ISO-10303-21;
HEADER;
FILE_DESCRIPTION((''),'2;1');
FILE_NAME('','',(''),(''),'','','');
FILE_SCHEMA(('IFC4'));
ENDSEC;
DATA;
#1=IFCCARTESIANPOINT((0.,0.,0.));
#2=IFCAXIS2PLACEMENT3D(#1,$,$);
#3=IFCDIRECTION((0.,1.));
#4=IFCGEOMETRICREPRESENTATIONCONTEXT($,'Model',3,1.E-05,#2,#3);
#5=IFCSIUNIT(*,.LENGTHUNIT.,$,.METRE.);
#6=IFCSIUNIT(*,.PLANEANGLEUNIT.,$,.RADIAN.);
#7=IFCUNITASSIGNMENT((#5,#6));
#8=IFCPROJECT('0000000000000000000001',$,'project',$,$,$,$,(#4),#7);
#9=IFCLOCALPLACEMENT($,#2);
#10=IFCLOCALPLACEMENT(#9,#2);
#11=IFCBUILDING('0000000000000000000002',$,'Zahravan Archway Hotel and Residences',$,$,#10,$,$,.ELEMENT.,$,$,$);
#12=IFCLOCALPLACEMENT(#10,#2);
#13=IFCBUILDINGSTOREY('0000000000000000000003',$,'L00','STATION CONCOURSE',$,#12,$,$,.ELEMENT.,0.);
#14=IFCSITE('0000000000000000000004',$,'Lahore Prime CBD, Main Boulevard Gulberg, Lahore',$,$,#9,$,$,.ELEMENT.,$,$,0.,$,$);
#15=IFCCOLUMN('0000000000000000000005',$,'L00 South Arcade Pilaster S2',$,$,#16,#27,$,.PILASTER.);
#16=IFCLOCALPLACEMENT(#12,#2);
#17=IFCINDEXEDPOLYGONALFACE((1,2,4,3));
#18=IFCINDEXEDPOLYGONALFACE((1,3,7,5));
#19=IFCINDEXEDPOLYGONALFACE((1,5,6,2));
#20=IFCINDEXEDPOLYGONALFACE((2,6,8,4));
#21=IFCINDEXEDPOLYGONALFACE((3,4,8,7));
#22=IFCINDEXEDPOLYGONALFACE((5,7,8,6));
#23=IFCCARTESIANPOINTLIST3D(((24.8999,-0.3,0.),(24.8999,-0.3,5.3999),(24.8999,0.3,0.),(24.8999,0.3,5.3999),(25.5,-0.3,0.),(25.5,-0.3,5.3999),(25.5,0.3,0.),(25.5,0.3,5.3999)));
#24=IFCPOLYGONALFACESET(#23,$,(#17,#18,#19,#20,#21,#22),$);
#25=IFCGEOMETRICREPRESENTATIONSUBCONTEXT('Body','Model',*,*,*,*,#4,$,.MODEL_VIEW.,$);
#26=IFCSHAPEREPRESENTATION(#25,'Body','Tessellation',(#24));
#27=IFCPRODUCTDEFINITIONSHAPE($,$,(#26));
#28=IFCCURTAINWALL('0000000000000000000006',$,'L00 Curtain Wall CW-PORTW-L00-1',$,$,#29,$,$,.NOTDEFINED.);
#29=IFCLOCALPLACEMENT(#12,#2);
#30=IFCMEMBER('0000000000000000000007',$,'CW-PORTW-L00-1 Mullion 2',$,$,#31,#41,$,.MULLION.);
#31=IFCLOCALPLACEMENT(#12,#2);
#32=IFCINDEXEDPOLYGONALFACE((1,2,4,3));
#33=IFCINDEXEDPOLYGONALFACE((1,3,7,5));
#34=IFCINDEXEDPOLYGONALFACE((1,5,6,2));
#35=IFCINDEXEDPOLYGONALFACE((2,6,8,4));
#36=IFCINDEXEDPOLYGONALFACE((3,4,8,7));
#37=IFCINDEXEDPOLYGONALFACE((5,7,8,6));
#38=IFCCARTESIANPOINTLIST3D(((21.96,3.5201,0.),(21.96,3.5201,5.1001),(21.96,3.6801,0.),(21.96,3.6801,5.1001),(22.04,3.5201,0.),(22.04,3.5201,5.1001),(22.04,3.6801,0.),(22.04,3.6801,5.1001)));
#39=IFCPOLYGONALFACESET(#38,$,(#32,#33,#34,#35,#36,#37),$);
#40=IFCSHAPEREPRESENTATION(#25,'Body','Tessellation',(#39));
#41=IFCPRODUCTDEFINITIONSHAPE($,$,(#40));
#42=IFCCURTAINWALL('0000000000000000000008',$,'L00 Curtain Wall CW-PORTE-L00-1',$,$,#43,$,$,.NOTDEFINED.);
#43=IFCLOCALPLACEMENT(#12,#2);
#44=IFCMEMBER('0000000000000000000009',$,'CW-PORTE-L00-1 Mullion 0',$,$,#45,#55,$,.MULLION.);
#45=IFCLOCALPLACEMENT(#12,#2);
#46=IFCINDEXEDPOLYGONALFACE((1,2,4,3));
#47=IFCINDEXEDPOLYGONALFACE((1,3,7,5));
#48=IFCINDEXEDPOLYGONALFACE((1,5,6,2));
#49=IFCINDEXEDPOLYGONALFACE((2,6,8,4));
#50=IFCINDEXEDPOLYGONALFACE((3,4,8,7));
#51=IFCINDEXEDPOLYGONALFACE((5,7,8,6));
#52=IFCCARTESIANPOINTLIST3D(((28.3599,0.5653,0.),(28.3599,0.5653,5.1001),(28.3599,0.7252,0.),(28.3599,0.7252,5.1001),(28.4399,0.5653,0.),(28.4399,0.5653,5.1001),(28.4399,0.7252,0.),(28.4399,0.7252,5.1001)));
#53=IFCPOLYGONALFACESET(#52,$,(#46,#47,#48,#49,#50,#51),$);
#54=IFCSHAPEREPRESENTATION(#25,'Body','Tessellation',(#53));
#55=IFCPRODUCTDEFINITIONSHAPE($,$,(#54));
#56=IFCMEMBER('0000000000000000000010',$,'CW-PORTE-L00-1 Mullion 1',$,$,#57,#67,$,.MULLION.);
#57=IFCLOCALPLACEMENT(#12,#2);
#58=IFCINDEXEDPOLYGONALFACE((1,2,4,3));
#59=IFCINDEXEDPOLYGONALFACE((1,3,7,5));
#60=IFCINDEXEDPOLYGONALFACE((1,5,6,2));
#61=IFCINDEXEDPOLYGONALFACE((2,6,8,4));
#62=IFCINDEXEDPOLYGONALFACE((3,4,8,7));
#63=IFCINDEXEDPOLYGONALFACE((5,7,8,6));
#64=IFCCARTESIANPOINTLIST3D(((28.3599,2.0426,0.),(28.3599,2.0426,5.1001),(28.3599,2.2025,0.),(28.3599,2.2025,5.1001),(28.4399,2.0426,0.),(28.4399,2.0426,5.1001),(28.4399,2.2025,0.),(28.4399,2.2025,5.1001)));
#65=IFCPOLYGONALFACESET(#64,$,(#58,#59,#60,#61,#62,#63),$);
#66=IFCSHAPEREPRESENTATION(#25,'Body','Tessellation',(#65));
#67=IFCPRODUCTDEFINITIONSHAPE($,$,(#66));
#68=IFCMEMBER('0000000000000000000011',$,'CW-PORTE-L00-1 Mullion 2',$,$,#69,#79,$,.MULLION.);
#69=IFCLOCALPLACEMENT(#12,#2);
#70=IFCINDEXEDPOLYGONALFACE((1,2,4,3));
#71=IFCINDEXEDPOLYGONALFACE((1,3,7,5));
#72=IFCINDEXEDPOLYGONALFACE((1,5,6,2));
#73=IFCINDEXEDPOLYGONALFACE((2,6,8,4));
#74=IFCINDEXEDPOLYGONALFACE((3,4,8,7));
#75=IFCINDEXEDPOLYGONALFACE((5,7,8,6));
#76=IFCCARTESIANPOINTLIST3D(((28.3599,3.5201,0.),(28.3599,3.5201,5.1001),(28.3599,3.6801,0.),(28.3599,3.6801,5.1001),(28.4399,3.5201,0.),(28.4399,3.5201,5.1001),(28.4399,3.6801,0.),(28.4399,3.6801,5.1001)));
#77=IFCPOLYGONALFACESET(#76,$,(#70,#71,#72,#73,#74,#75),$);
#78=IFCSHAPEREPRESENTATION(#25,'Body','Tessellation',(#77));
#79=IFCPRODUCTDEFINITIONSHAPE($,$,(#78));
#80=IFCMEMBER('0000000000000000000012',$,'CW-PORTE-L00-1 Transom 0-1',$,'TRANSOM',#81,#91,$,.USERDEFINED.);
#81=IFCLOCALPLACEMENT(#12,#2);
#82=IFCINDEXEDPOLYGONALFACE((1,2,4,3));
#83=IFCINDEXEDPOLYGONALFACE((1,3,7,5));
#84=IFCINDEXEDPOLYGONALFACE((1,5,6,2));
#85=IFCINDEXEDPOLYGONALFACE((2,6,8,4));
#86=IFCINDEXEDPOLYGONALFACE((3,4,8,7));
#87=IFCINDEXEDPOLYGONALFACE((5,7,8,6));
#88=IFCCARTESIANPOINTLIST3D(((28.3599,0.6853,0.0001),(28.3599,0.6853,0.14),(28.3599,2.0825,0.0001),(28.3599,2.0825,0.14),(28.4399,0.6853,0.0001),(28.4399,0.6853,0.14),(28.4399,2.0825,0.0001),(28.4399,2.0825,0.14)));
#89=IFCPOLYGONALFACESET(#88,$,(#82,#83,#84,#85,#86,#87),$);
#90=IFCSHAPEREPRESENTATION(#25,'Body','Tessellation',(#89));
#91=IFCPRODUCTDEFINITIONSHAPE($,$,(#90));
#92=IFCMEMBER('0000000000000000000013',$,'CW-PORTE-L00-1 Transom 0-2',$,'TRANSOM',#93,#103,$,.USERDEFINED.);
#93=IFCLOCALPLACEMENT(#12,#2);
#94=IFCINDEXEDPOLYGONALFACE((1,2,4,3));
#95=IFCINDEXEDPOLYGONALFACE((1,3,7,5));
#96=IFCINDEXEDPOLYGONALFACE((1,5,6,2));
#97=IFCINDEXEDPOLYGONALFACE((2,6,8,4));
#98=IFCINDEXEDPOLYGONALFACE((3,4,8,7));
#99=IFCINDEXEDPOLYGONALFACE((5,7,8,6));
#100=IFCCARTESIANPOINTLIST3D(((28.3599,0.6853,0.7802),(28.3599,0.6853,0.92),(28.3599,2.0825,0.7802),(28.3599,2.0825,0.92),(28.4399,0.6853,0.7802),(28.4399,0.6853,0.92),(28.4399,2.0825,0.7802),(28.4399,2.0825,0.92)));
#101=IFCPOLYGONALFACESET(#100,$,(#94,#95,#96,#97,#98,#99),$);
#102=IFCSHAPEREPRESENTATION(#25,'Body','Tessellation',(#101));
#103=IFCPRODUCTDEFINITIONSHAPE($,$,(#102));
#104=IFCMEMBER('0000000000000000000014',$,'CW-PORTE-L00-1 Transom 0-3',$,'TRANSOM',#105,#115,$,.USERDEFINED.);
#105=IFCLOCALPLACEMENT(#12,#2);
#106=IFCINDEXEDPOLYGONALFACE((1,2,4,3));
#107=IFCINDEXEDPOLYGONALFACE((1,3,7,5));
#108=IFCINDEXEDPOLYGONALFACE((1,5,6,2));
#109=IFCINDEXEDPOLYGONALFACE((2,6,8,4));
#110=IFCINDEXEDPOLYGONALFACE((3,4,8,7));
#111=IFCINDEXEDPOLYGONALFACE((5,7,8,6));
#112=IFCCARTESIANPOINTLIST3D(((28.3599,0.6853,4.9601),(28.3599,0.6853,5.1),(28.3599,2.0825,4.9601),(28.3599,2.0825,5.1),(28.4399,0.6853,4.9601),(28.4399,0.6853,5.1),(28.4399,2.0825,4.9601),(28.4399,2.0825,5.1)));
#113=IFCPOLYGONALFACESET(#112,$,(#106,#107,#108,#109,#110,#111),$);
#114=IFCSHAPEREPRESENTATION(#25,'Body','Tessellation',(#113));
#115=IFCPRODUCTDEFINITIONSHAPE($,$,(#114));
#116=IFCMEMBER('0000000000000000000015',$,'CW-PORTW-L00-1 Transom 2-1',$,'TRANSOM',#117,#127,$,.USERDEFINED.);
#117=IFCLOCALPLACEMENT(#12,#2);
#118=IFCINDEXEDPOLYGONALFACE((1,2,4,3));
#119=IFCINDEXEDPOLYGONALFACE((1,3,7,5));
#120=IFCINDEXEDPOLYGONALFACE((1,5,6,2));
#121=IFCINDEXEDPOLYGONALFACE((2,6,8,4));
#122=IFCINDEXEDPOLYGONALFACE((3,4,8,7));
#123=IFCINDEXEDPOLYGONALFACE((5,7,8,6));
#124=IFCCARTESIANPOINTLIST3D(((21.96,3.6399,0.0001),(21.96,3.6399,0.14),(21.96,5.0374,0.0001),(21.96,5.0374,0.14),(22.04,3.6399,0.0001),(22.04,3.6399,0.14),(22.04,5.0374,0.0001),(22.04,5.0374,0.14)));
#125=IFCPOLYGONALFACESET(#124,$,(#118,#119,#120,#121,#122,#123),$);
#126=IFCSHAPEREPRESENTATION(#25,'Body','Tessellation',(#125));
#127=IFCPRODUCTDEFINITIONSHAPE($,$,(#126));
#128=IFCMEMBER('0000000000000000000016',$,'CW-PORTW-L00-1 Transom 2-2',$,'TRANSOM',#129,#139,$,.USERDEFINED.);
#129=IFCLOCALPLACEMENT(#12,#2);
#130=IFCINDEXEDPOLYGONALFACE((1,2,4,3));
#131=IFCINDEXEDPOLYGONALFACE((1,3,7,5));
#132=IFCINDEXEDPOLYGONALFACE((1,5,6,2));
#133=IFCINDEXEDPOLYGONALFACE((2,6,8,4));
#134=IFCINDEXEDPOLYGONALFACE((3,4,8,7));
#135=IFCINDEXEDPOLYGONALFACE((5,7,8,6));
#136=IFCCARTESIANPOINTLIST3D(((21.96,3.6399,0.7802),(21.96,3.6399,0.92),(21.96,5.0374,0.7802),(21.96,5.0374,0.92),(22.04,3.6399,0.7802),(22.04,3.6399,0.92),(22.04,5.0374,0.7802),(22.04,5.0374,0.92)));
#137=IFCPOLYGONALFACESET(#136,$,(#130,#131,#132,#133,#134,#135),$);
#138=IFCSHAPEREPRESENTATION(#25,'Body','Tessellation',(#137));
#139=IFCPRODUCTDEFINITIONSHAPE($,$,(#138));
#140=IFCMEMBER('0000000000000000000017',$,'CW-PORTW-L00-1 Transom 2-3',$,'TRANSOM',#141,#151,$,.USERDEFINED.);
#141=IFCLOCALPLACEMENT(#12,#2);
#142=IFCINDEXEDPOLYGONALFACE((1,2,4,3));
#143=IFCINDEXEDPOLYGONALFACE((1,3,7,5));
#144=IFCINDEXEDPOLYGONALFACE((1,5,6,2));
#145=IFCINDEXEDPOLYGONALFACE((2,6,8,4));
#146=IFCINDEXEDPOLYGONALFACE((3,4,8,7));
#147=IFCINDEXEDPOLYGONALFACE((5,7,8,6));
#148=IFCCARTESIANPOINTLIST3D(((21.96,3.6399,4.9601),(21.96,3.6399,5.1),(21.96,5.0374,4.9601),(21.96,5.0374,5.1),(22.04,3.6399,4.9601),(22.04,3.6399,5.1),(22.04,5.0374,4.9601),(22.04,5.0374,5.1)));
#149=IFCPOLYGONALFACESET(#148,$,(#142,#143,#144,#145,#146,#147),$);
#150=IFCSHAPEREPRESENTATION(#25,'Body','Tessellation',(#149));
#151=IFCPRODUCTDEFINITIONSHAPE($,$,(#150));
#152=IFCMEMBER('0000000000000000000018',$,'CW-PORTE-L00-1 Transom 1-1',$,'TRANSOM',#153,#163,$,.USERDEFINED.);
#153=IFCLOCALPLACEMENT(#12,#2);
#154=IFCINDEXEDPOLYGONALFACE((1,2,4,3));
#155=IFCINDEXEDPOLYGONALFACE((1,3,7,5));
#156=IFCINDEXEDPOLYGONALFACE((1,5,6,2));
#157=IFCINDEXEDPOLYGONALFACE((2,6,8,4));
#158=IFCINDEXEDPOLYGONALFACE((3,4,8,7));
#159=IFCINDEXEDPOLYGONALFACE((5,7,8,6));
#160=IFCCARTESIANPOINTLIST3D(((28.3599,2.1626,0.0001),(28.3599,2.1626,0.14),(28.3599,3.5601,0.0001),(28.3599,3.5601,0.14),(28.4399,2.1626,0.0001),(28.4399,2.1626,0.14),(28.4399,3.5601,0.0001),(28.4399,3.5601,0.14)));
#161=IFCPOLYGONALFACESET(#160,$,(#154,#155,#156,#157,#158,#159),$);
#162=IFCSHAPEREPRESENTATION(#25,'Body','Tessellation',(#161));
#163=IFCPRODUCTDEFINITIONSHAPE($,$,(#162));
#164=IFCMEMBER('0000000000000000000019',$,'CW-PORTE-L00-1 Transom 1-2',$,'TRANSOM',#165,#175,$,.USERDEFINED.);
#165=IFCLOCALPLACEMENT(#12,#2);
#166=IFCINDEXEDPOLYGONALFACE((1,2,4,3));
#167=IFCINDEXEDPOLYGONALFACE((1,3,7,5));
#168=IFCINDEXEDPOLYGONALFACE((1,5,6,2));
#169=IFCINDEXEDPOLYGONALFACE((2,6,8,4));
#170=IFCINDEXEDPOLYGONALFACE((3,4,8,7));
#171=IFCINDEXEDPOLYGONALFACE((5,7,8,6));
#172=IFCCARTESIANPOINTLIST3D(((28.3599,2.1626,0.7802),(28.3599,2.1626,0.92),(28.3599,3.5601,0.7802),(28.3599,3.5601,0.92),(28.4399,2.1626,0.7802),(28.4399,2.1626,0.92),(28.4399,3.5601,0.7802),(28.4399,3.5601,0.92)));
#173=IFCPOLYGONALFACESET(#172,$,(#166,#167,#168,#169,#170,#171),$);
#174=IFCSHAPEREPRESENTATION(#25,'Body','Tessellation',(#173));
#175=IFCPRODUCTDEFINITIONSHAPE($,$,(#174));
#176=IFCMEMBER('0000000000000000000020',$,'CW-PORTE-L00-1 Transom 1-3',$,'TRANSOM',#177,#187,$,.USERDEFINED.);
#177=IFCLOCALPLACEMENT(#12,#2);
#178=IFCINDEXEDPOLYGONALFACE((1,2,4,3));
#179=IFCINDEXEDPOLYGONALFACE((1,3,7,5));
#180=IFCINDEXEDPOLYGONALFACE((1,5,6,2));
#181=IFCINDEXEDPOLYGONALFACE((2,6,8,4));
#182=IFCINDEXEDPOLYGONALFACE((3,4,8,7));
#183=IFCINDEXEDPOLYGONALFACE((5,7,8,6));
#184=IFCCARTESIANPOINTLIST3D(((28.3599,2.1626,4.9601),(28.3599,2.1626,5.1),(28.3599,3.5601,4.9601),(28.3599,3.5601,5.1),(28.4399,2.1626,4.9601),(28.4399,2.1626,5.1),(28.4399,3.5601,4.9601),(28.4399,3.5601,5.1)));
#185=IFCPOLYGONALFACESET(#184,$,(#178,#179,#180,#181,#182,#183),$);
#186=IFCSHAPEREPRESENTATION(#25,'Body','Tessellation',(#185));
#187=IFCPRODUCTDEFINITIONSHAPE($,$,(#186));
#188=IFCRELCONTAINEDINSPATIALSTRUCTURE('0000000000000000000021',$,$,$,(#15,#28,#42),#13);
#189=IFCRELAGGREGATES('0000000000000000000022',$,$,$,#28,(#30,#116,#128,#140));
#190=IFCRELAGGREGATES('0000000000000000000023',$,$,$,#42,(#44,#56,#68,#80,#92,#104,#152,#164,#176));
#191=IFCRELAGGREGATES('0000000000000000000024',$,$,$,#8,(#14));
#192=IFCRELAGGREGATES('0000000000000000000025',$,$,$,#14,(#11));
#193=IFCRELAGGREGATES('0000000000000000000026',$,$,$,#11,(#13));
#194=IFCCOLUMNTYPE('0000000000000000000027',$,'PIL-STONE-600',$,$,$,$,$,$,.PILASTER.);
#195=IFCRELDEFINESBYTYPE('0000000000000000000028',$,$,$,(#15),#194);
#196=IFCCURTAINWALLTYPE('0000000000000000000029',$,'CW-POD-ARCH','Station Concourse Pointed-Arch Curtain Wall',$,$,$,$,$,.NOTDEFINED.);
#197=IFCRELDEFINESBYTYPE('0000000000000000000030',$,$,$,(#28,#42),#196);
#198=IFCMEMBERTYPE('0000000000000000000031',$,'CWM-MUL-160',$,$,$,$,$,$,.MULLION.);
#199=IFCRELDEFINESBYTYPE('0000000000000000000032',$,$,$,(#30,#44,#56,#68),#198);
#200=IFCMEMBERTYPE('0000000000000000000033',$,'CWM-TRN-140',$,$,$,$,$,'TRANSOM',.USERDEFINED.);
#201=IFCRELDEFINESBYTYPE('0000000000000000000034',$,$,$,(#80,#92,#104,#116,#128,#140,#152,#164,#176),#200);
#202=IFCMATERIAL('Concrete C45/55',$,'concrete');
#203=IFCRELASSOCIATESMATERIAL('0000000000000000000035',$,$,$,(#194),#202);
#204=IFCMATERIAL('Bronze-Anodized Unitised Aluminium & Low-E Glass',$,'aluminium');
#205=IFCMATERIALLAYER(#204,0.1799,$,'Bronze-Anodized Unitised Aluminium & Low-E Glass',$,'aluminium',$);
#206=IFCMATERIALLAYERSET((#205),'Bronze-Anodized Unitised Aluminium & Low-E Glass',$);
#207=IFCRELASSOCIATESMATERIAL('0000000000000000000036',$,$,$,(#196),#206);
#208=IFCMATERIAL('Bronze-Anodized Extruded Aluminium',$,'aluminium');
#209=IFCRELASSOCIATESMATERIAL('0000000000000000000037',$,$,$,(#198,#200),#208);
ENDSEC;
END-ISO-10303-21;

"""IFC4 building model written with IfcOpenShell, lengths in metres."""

from ifc_helpers import new_model, si_unit, direction, frame, origin, origin_2d, place, context, subcontext, project, spatial, rectangle, extrude, source, transform, mapped, material, layer, layer_set, material_profile, profile_set, type_object, type_shapes, element, aggregate, save


model = new_model("IFC4")

# Units and contexts
model_context = context("Model", 3, precision=1e-05, world=origin(), true_north=direction((0.0, 1.0)))
body_context = subcontext(model_context, "Body", "Model", "MODEL_VIEW")
ifc_project = project(units=[si_unit("LENGTHUNIT", "METRE"), si_unit("PLANEANGLEUNIT", "RADIAN")], contexts=[model_context])

# Site, building, storey
site_placement = place(None, origin())
site = spatial("IfcSite", under=ifc_project, at=site_placement, Name="Lahore Prime CBD, Main Boulevard Gulberg, Lahore", CompositionType="ELEMENT", RefElevation=0.0)
building_placement = place(site_placement, origin())
building = spatial("IfcBuilding", under=site, at=building_placement, Name="Zahravan Archway Hotel and Residences", CompositionType="ELEMENT")
storey_placement = place(building_placement, origin())
storey = spatial("IfcBuildingStorey", under=building, at=storey_placement, Name="L00", Description="STATION CONCOURSE", CompositionType="ELEMENT", Elevation=0.0)

# Column
ifc_material_1 = material(Name="Concrete C45/55", Category="concrete")
ifc_material_profile_1 = material_profile(ifc_material_1, rectangle(XDim=0.6001, YDim=0.6001, at=origin_2d()), Name="RC 600x600", Category="concrete")
ifc_profile_set_1 = profile_set([ifc_material_profile_1], Name="Concrete C45/55")
column_type = type_object("IfcColumnType", Name="PIL-STONE-600", PredefinedType="PILASTER", material=ifc_profile_set_1)
shared_shape_1 = source(origin(), body_context, "Body", "SweptSolid", [
    extrude(rectangle(XDim=0.6001, YDim=0.6001, at=origin_2d()), origin(), (0.0, 0.0, 1.0), 5.3999),
])
type_shapes(column_type, [shared_shape_1])
column_placement = place(storey_placement, frame((25.2, 0.0, 0.0), z_axis=(0.0, 0.0, 1.0), x_axis=(1.0, 0.0, 0.0)))
element("IfcColumn", 1, at=column_placement, inside=storey, type_object=column_type, Name="L00 South Arcade Pilaster S2", PredefinedType="PILASTER", context=body_context, shape_type="MappedRepresentation", body=[
    mapped(shared_shape_1, transform((0.0, 0.0, 0.0), scale=1.0)),
])

# Curtain wall, member
ifc_material_2 = material(Name="Bronze-Anodized Unitised Aluminium & Low-E Glass", Category="aluminium")
ifc_layer_1 = layer(ifc_material_2, 0.1799, Name="Bronze-Anodized Unitised Aluminium & Low-E Glass", Category="aluminium")
ifc_layer_set_1 = layer_set([ifc_layer_1], Name="Bronze-Anodized Unitised Aluminium & Low-E Glass")
curtain_wall_type = type_object("IfcCurtainWallType", Name="CW-POD-ARCH", Description="Station Concourse Pointed-Arch Curtain Wall", PredefinedType="NOTDEFINED", material=ifc_layer_set_1)
curtain_wall_1_placement = place(storey_placement, origin())
curtain_wall_1 = element("IfcCurtainWall", 2, at=curtain_wall_1_placement, inside=storey, type_object=curtain_wall_type, Name="L00 Curtain Wall CW-PORTW-L00-1", PredefinedType="NOTDEFINED")
ifc_material_3 = material(Name="Bronze-Anodized Extruded Aluminium", Category="aluminium")
ifc_material_profile_2 = material_profile(ifc_material_3, rectangle(XDim=0.0801, YDim=0.1599, at=origin_2d()), Name="MUL 80x160", Category="aluminium")
ifc_profile_set_2 = profile_set([ifc_material_profile_2], Name="Bronze-Anodized Extruded Aluminium")
member_type_1 = type_object("IfcMemberType", Name="CWM-MUL-160", PredefinedType="MULLION", material=ifc_profile_set_2)
shared_shape_2 = source(origin(), body_context, "Body", "SweptSolid", [
    extrude(rectangle(XDim=0.0801, YDim=0.1599, at=origin_2d()), origin(), (0.0, 0.0, 1.0), 5.1001),
])
member_1_placement = place(storey_placement, frame((22.0, 3.6001, 0.0), z_axis=(0.0, 0.0, 1.0), x_axis=(1.0, 0.0, 0.0)))
member_1 = element("IfcMember", 3, at=member_1_placement, type_object=member_type_1, Name="CW-PORTW-L00-1 Mullion 2", PredefinedType="MULLION", context=body_context, shape_type="MappedRepresentation", body=[
    mapped(shared_shape_2, transform((0.0, 0.0, 0.0), scale=1.0)),
])

# Curtain wall, members
curtain_wall_2_placement = place(storey_placement, origin())
curtain_wall_2 = element("IfcCurtainWall", 4, at=curtain_wall_2_placement, inside=storey, type_object=curtain_wall_type, Name="L00 Curtain Wall CW-PORTE-L00-1", PredefinedType="NOTDEFINED")
member_2_placement = place(storey_placement, frame((28.3999, 0.6453, 0.0), z_axis=(0.0, 0.0, 1.0), x_axis=(1.0, 0.0, 0.0)))
member_2 = element("IfcMember", 5, at=member_2_placement, type_object=member_type_1, Name="CW-PORTE-L00-1 Mullion 0", PredefinedType="MULLION", context=body_context, shape_type="MappedRepresentation", body=[
    mapped(shared_shape_2, transform((0.0, 0.0, 0.0), scale=1.0)),
])
member_3_placement = place(storey_placement, frame((28.3999, 2.1226, 0.0), z_axis=(0.0, 0.0, 1.0), x_axis=(1.0, 0.0, 0.0)))
member_3 = element("IfcMember", 6, at=member_3_placement, type_object=member_type_1, Name="CW-PORTE-L00-1 Mullion 1", PredefinedType="MULLION", context=body_context, shape_type="MappedRepresentation", body=[
    mapped(shared_shape_2, transform((0.0, 0.0, 0.0), scale=1.0)),
])
member_4_placement = place(storey_placement, frame((28.3999, 3.6001, 0.0), z_axis=(0.0, 0.0, 1.0), x_axis=(1.0, 0.0, 0.0)))
member_4 = element("IfcMember", 7, at=member_4_placement, type_object=member_type_1, Name="CW-PORTE-L00-1 Mullion 2", PredefinedType="MULLION", context=body_context, shape_type="MappedRepresentation", body=[
    mapped(shared_shape_2, transform((0.0, 0.0, 0.0), scale=1.0)),
])
ifc_material_profile_3 = material_profile(ifc_material_3, rectangle(XDim=0.0801, YDim=0.1399, at=origin_2d()), Name="TRN 80x140", Category="aluminium")
ifc_profile_set_3 = profile_set([ifc_material_profile_3], Name="Bronze-Anodized Extruded Aluminium")
member_type_2 = type_object("IfcMemberType", Name="CWM-TRN-140", ElementType="TRANSOM", PredefinedType="USERDEFINED", material=ifc_profile_set_3)
shared_shape_3 = source(origin(), body_context, "Body", "SweptSolid", [
    extrude(rectangle(XDim=0.0801, YDim=0.1399, at=origin_2d()), origin(), (0.0, 0.0, 1.0), 1.3972),
])
member_5_placement = place(storey_placement, frame((28.3999, 0.6853, 0.0701), z_axis=(0.0, 1.0, 0.0), x_axis=(-1.0, 0.0, 0.0)))
member_5 = element("IfcMember", 8, at=member_5_placement, type_object=member_type_2, Name="CW-PORTE-L00-1 Transom 0-1", ObjectType="TRANSOM", PredefinedType="USERDEFINED", context=body_context, shape_type="MappedRepresentation", body=[
    mapped(shared_shape_3, transform((0.0, 0.0, 0.0), scale=1.0)),
])
member_6_placement = place(storey_placement, frame((28.3999, 0.6853, 0.8501), z_axis=(0.0, 1.0, 0.0), x_axis=(-1.0, 0.0, 0.0)))
member_6 = element("IfcMember", 9, at=member_6_placement, type_object=member_type_2, Name="CW-PORTE-L00-1 Transom 0-2", ObjectType="TRANSOM", PredefinedType="USERDEFINED", context=body_context, shape_type="MappedRepresentation", body=[
    mapped(shared_shape_3, transform((0.0, 0.0, 0.0), scale=1.0)),
])
member_7_placement = place(storey_placement, frame((28.3999, 0.6853, 5.03), z_axis=(0.0, 1.0, 0.0), x_axis=(-1.0, 0.0, 0.0)))
member_7 = element("IfcMember", 10, at=member_7_placement, type_object=member_type_2, Name="CW-PORTE-L00-1 Transom 0-3", ObjectType="TRANSOM", PredefinedType="USERDEFINED", context=body_context, shape_type="MappedRepresentation", body=[
    mapped(shared_shape_3, transform((0.0, 0.0, 0.0), scale=1.0)),
])

# Members
shared_shape_4 = source(origin(), body_context, "Body", "SweptSolid", [
    extrude(rectangle(XDim=0.0801, YDim=0.1399, at=origin_2d()), origin(), (0.0, 0.0, 1.0), 1.3975),
])
member_8_placement = place(storey_placement, frame((22.0, 3.6399, 0.0701), z_axis=(0.0, 1.0, 0.0), x_axis=(-1.0, 0.0, 0.0)))
member_8 = element("IfcMember", 11, at=member_8_placement, type_object=member_type_2, Name="CW-PORTW-L00-1 Transom 2-1", ObjectType="TRANSOM", PredefinedType="USERDEFINED", context=body_context, shape_type="MappedRepresentation", body=[
    mapped(shared_shape_4, transform((0.0, 0.0, 0.0), scale=1.0)),
])
member_9_placement = place(storey_placement, frame((22.0, 3.6399, 0.8501), z_axis=(0.0, 1.0, 0.0), x_axis=(-1.0, 0.0, 0.0)))
member_9 = element("IfcMember", 12, at=member_9_placement, type_object=member_type_2, Name="CW-PORTW-L00-1 Transom 2-2", ObjectType="TRANSOM", PredefinedType="USERDEFINED", context=body_context, shape_type="MappedRepresentation", body=[
    mapped(shared_shape_4, transform((0.0, 0.0, 0.0), scale=1.0)),
])
member_10_placement = place(storey_placement, frame((22.0, 3.6399, 5.03), z_axis=(0.0, 1.0, 0.0), x_axis=(-1.0, 0.0, 0.0)))
member_10 = element("IfcMember", 13, at=member_10_placement, type_object=member_type_2, Name="CW-PORTW-L00-1 Transom 2-3", ObjectType="TRANSOM", PredefinedType="USERDEFINED", context=body_context, shape_type="MappedRepresentation", body=[
    mapped(shared_shape_4, transform((0.0, 0.0, 0.0), scale=1.0)),
])
member_11_placement = place(storey_placement, frame((28.3999, 2.1626, 0.0701), z_axis=(0.0, 1.0, 0.0), x_axis=(-1.0, 0.0, 0.0)))
member_11 = element("IfcMember", 14, at=member_11_placement, type_object=member_type_2, Name="CW-PORTE-L00-1 Transom 1-1", ObjectType="TRANSOM", PredefinedType="USERDEFINED", context=body_context, shape_type="MappedRepresentation", body=[
    mapped(shared_shape_4, transform((0.0, 0.0, 0.0), scale=1.0)),
])
member_12_placement = place(storey_placement, frame((28.3999, 2.1626, 0.8501), z_axis=(0.0, 1.0, 0.0), x_axis=(-1.0, 0.0, 0.0)))
member_12 = element("IfcMember", 15, at=member_12_placement, type_object=member_type_2, Name="CW-PORTE-L00-1 Transom 1-2", ObjectType="TRANSOM", PredefinedType="USERDEFINED", context=body_context, shape_type="MappedRepresentation", body=[
    mapped(shared_shape_4, transform((0.0, 0.0, 0.0), scale=1.0)),
])
member_13_placement = place(storey_placement, frame((28.3999, 2.1626, 5.03), z_axis=(0.0, 1.0, 0.0), x_axis=(-1.0, 0.0, 0.0)))
member_13 = element("IfcMember", 16, at=member_13_placement, type_object=member_type_2, Name="CW-PORTE-L00-1 Transom 1-3", ObjectType="TRANSOM", PredefinedType="USERDEFINED", context=body_context, shape_type="MappedRepresentation", body=[
    mapped(shared_shape_4, transform((0.0, 0.0, 0.0), scale=1.0)),
])

aggregate(curtain_wall_1, [member_1, member_8, member_9, member_10])
aggregate(curtain_wall_2, [member_2, member_3, member_4, member_5, member_6, member_7, member_11, member_12, member_13])

save(model, "model.ifc")
